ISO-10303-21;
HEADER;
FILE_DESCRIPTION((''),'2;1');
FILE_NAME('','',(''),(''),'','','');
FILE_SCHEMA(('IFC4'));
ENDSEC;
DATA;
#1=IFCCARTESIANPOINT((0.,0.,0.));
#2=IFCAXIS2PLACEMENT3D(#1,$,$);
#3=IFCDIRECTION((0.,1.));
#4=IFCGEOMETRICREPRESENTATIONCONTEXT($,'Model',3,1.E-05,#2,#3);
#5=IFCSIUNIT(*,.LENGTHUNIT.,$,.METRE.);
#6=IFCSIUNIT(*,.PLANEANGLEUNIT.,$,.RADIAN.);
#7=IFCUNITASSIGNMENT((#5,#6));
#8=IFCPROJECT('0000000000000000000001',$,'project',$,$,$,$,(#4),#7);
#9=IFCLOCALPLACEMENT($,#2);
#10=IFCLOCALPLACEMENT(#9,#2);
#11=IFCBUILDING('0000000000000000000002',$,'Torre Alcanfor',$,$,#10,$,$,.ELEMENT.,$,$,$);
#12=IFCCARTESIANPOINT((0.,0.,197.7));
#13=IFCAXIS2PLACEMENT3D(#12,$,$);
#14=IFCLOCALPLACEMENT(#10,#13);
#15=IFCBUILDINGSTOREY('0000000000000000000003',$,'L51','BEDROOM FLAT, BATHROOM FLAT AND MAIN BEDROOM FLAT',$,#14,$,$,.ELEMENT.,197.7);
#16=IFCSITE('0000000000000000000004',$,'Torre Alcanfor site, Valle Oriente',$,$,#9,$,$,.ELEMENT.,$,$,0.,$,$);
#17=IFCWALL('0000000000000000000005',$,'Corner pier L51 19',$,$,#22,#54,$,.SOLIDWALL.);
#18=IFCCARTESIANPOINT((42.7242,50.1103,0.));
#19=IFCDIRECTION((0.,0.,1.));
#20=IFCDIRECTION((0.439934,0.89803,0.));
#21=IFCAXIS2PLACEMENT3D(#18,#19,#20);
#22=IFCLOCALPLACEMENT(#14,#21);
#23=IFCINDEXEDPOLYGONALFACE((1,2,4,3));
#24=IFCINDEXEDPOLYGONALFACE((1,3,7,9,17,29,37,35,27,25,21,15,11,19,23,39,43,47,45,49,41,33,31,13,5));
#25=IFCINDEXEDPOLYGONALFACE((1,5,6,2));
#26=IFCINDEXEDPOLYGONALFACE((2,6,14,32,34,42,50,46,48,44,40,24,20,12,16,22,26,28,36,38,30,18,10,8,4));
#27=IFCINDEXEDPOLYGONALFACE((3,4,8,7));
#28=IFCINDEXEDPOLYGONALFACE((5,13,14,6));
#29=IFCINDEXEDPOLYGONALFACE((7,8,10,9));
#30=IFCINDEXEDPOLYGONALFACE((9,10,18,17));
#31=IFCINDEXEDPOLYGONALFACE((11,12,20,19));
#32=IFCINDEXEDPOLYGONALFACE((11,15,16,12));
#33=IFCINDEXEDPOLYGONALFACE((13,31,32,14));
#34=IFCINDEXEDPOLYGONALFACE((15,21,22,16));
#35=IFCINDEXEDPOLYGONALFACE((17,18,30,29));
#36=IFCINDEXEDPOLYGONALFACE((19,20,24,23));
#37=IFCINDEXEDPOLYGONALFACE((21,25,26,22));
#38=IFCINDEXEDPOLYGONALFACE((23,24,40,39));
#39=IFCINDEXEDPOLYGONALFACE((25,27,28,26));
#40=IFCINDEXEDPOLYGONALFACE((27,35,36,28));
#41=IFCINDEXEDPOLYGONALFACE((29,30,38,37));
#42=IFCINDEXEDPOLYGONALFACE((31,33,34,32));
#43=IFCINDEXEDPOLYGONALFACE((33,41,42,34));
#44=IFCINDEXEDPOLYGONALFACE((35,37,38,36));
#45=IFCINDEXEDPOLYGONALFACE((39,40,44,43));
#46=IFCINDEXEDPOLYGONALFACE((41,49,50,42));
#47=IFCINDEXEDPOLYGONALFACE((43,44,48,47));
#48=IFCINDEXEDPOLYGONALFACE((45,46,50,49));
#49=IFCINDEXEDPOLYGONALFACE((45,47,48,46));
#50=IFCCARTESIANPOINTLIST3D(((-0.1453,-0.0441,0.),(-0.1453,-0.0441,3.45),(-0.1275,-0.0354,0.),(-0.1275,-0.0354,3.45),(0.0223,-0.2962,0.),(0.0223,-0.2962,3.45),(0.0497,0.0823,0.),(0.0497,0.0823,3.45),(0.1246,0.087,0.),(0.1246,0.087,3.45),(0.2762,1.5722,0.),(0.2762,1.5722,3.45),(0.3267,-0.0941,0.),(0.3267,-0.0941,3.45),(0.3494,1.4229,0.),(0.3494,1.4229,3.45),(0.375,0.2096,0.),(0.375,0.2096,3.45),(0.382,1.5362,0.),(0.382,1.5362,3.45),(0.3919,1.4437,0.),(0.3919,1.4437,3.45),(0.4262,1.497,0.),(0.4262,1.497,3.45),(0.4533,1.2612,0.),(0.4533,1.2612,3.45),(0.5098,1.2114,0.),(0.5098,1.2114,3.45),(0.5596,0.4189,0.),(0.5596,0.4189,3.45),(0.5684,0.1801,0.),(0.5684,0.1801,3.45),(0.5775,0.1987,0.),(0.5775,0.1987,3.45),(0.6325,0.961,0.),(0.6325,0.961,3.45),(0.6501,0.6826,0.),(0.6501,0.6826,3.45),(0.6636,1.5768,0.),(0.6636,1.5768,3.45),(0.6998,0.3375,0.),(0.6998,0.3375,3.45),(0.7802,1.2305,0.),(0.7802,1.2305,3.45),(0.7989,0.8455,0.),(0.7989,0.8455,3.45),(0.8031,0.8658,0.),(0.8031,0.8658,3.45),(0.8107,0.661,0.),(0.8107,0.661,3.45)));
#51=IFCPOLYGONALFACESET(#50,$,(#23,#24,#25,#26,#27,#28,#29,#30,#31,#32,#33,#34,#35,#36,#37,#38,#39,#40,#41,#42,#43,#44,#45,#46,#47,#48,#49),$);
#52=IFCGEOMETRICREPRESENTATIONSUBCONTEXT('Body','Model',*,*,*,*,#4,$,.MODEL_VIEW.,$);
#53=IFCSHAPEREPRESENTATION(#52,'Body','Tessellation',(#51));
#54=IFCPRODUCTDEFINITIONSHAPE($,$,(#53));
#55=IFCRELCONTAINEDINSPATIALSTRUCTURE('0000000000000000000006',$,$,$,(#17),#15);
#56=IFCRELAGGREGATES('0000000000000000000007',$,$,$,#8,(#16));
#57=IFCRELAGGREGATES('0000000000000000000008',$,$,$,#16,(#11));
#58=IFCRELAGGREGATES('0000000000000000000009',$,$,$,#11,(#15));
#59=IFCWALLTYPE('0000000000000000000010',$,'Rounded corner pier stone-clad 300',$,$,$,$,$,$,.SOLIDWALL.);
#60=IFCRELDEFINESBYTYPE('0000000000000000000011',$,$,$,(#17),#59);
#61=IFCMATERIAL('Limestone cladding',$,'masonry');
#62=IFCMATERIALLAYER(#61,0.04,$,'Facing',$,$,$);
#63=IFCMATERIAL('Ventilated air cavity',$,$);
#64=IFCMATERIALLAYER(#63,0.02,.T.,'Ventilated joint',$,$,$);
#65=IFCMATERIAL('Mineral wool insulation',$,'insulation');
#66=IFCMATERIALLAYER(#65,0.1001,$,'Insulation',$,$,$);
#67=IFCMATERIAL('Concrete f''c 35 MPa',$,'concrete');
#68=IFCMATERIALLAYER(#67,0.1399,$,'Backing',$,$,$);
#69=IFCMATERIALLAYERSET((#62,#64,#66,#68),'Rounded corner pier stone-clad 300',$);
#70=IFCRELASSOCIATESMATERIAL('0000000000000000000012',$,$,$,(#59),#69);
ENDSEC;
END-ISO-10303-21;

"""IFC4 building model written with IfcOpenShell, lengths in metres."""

from ifc_helpers import new_model, si_unit, direction, frame, origin, place, context, subcontext, project, spatial, polyline, outline, extrude, material, layer, layer_set, type_object, element, save


model = new_model("IFC4")

# Units and contexts
model_context = context("Model", 3, precision=1e-05, world=origin(), true_north=direction((0.0, 1.0)))
body_context = subcontext(model_context, "Body", "Model", "MODEL_VIEW")
ifc_project = project(units=[si_unit("LENGTHUNIT", "METRE"), si_unit("PLANEANGLEUNIT", "RADIAN")], contexts=[model_context])

# Site, building, storey
site_placement = place(None, origin())
site = spatial("IfcSite", under=ifc_project, at=site_placement, Name="Torre Alcanfor site, Valle Oriente", CompositionType="ELEMENT", RefElevation=0.0)
building_placement = place(site_placement, origin())
building = spatial("IfcBuilding", under=site, at=building_placement, Name="Torre Alcanfor", CompositionType="ELEMENT")
storey_placement = place(building_placement, frame((0.0, 0.0, 197.7)))
storey = spatial("IfcBuildingStorey", under=building, at=storey_placement, Name="L51", Description="BEDROOM FLAT, BATHROOM FLAT AND MAIN BEDROOM FLAT", CompositionType="ELEMENT", Elevation=197.7)

# Shared definitions
ifc_material_1 = material(Name="Limestone cladding", Category="masonry")
ifc_material_2 = material(Name="Ventilated air cavity")
ifc_material_3 = material(Name="Mineral wool insulation", Category="insulation")
ifc_material_4 = material(Name="Concrete f'c 35 MPa", Category="concrete")

# Wall
ifc_layer_1 = layer(ifc_material_1, 0.04, Name="Facing")
ifc_layer_2 = layer(ifc_material_2, 0.02, ventilated=True, Name="Ventilated joint")
ifc_layer_3 = layer(ifc_material_3, 0.1001, Name="Insulation")
ifc_layer_4 = layer(ifc_material_4, 0.1399, Name="Backing")
ifc_layer_set_1 = layer_set([ifc_layer_1, ifc_layer_2, ifc_layer_3, ifc_layer_4], Name="Rounded corner pier stone-clad 300")
wall_type_1 = type_object("IfcWallType", Name="Rounded corner pier stone-clad 300", PredefinedType="SOLIDWALL", material=ifc_layer_set_1)
wall_1_placement = place(storey_placement, frame((42.7242, 50.1103, 0.0), z_axis=(0.0, 0.0, 1.0), x_axis=(0.439934, 0.89803, 0.0)))
element("IfcWall", 1, at=wall_1_placement, inside=storey, type_object=wall_type_1, Name="Corner pier L51 19", PredefinedType="SOLIDWALL", context=body_context, shape_type="SweptSolid", body=[
    extrude(outline(polyline([(-0.1453, -0.0441), (0.0223, -0.2962), (0.3267, -0.0941), (0.5684, 0.1801), (0.5775, 0.1987), (0.6998, 0.3375), (0.8107, 0.661), (0.7989, 0.8455), (0.8031, 0.8658), (0.7802, 1.2305), (0.6636, 1.5768), (0.4262, 1.497), (0.382, 1.5362), (0.2762, 1.5722), (0.3494, 1.4229), (0.3919, 1.4437), (0.4533, 1.2612), (0.5098, 1.2114), (0.6325, 0.961), (0.6501, 0.6826), (0.5596, 0.4189), (0.375, 0.2096), (0.1246, 0.087), (0.0497, 0.0823), (-0.1275, -0.0354), (-0.1453, -0.0441)])), origin(), (0.0, 0.0, 1.0), 3.45),
])

save(model, "model.ifc")
